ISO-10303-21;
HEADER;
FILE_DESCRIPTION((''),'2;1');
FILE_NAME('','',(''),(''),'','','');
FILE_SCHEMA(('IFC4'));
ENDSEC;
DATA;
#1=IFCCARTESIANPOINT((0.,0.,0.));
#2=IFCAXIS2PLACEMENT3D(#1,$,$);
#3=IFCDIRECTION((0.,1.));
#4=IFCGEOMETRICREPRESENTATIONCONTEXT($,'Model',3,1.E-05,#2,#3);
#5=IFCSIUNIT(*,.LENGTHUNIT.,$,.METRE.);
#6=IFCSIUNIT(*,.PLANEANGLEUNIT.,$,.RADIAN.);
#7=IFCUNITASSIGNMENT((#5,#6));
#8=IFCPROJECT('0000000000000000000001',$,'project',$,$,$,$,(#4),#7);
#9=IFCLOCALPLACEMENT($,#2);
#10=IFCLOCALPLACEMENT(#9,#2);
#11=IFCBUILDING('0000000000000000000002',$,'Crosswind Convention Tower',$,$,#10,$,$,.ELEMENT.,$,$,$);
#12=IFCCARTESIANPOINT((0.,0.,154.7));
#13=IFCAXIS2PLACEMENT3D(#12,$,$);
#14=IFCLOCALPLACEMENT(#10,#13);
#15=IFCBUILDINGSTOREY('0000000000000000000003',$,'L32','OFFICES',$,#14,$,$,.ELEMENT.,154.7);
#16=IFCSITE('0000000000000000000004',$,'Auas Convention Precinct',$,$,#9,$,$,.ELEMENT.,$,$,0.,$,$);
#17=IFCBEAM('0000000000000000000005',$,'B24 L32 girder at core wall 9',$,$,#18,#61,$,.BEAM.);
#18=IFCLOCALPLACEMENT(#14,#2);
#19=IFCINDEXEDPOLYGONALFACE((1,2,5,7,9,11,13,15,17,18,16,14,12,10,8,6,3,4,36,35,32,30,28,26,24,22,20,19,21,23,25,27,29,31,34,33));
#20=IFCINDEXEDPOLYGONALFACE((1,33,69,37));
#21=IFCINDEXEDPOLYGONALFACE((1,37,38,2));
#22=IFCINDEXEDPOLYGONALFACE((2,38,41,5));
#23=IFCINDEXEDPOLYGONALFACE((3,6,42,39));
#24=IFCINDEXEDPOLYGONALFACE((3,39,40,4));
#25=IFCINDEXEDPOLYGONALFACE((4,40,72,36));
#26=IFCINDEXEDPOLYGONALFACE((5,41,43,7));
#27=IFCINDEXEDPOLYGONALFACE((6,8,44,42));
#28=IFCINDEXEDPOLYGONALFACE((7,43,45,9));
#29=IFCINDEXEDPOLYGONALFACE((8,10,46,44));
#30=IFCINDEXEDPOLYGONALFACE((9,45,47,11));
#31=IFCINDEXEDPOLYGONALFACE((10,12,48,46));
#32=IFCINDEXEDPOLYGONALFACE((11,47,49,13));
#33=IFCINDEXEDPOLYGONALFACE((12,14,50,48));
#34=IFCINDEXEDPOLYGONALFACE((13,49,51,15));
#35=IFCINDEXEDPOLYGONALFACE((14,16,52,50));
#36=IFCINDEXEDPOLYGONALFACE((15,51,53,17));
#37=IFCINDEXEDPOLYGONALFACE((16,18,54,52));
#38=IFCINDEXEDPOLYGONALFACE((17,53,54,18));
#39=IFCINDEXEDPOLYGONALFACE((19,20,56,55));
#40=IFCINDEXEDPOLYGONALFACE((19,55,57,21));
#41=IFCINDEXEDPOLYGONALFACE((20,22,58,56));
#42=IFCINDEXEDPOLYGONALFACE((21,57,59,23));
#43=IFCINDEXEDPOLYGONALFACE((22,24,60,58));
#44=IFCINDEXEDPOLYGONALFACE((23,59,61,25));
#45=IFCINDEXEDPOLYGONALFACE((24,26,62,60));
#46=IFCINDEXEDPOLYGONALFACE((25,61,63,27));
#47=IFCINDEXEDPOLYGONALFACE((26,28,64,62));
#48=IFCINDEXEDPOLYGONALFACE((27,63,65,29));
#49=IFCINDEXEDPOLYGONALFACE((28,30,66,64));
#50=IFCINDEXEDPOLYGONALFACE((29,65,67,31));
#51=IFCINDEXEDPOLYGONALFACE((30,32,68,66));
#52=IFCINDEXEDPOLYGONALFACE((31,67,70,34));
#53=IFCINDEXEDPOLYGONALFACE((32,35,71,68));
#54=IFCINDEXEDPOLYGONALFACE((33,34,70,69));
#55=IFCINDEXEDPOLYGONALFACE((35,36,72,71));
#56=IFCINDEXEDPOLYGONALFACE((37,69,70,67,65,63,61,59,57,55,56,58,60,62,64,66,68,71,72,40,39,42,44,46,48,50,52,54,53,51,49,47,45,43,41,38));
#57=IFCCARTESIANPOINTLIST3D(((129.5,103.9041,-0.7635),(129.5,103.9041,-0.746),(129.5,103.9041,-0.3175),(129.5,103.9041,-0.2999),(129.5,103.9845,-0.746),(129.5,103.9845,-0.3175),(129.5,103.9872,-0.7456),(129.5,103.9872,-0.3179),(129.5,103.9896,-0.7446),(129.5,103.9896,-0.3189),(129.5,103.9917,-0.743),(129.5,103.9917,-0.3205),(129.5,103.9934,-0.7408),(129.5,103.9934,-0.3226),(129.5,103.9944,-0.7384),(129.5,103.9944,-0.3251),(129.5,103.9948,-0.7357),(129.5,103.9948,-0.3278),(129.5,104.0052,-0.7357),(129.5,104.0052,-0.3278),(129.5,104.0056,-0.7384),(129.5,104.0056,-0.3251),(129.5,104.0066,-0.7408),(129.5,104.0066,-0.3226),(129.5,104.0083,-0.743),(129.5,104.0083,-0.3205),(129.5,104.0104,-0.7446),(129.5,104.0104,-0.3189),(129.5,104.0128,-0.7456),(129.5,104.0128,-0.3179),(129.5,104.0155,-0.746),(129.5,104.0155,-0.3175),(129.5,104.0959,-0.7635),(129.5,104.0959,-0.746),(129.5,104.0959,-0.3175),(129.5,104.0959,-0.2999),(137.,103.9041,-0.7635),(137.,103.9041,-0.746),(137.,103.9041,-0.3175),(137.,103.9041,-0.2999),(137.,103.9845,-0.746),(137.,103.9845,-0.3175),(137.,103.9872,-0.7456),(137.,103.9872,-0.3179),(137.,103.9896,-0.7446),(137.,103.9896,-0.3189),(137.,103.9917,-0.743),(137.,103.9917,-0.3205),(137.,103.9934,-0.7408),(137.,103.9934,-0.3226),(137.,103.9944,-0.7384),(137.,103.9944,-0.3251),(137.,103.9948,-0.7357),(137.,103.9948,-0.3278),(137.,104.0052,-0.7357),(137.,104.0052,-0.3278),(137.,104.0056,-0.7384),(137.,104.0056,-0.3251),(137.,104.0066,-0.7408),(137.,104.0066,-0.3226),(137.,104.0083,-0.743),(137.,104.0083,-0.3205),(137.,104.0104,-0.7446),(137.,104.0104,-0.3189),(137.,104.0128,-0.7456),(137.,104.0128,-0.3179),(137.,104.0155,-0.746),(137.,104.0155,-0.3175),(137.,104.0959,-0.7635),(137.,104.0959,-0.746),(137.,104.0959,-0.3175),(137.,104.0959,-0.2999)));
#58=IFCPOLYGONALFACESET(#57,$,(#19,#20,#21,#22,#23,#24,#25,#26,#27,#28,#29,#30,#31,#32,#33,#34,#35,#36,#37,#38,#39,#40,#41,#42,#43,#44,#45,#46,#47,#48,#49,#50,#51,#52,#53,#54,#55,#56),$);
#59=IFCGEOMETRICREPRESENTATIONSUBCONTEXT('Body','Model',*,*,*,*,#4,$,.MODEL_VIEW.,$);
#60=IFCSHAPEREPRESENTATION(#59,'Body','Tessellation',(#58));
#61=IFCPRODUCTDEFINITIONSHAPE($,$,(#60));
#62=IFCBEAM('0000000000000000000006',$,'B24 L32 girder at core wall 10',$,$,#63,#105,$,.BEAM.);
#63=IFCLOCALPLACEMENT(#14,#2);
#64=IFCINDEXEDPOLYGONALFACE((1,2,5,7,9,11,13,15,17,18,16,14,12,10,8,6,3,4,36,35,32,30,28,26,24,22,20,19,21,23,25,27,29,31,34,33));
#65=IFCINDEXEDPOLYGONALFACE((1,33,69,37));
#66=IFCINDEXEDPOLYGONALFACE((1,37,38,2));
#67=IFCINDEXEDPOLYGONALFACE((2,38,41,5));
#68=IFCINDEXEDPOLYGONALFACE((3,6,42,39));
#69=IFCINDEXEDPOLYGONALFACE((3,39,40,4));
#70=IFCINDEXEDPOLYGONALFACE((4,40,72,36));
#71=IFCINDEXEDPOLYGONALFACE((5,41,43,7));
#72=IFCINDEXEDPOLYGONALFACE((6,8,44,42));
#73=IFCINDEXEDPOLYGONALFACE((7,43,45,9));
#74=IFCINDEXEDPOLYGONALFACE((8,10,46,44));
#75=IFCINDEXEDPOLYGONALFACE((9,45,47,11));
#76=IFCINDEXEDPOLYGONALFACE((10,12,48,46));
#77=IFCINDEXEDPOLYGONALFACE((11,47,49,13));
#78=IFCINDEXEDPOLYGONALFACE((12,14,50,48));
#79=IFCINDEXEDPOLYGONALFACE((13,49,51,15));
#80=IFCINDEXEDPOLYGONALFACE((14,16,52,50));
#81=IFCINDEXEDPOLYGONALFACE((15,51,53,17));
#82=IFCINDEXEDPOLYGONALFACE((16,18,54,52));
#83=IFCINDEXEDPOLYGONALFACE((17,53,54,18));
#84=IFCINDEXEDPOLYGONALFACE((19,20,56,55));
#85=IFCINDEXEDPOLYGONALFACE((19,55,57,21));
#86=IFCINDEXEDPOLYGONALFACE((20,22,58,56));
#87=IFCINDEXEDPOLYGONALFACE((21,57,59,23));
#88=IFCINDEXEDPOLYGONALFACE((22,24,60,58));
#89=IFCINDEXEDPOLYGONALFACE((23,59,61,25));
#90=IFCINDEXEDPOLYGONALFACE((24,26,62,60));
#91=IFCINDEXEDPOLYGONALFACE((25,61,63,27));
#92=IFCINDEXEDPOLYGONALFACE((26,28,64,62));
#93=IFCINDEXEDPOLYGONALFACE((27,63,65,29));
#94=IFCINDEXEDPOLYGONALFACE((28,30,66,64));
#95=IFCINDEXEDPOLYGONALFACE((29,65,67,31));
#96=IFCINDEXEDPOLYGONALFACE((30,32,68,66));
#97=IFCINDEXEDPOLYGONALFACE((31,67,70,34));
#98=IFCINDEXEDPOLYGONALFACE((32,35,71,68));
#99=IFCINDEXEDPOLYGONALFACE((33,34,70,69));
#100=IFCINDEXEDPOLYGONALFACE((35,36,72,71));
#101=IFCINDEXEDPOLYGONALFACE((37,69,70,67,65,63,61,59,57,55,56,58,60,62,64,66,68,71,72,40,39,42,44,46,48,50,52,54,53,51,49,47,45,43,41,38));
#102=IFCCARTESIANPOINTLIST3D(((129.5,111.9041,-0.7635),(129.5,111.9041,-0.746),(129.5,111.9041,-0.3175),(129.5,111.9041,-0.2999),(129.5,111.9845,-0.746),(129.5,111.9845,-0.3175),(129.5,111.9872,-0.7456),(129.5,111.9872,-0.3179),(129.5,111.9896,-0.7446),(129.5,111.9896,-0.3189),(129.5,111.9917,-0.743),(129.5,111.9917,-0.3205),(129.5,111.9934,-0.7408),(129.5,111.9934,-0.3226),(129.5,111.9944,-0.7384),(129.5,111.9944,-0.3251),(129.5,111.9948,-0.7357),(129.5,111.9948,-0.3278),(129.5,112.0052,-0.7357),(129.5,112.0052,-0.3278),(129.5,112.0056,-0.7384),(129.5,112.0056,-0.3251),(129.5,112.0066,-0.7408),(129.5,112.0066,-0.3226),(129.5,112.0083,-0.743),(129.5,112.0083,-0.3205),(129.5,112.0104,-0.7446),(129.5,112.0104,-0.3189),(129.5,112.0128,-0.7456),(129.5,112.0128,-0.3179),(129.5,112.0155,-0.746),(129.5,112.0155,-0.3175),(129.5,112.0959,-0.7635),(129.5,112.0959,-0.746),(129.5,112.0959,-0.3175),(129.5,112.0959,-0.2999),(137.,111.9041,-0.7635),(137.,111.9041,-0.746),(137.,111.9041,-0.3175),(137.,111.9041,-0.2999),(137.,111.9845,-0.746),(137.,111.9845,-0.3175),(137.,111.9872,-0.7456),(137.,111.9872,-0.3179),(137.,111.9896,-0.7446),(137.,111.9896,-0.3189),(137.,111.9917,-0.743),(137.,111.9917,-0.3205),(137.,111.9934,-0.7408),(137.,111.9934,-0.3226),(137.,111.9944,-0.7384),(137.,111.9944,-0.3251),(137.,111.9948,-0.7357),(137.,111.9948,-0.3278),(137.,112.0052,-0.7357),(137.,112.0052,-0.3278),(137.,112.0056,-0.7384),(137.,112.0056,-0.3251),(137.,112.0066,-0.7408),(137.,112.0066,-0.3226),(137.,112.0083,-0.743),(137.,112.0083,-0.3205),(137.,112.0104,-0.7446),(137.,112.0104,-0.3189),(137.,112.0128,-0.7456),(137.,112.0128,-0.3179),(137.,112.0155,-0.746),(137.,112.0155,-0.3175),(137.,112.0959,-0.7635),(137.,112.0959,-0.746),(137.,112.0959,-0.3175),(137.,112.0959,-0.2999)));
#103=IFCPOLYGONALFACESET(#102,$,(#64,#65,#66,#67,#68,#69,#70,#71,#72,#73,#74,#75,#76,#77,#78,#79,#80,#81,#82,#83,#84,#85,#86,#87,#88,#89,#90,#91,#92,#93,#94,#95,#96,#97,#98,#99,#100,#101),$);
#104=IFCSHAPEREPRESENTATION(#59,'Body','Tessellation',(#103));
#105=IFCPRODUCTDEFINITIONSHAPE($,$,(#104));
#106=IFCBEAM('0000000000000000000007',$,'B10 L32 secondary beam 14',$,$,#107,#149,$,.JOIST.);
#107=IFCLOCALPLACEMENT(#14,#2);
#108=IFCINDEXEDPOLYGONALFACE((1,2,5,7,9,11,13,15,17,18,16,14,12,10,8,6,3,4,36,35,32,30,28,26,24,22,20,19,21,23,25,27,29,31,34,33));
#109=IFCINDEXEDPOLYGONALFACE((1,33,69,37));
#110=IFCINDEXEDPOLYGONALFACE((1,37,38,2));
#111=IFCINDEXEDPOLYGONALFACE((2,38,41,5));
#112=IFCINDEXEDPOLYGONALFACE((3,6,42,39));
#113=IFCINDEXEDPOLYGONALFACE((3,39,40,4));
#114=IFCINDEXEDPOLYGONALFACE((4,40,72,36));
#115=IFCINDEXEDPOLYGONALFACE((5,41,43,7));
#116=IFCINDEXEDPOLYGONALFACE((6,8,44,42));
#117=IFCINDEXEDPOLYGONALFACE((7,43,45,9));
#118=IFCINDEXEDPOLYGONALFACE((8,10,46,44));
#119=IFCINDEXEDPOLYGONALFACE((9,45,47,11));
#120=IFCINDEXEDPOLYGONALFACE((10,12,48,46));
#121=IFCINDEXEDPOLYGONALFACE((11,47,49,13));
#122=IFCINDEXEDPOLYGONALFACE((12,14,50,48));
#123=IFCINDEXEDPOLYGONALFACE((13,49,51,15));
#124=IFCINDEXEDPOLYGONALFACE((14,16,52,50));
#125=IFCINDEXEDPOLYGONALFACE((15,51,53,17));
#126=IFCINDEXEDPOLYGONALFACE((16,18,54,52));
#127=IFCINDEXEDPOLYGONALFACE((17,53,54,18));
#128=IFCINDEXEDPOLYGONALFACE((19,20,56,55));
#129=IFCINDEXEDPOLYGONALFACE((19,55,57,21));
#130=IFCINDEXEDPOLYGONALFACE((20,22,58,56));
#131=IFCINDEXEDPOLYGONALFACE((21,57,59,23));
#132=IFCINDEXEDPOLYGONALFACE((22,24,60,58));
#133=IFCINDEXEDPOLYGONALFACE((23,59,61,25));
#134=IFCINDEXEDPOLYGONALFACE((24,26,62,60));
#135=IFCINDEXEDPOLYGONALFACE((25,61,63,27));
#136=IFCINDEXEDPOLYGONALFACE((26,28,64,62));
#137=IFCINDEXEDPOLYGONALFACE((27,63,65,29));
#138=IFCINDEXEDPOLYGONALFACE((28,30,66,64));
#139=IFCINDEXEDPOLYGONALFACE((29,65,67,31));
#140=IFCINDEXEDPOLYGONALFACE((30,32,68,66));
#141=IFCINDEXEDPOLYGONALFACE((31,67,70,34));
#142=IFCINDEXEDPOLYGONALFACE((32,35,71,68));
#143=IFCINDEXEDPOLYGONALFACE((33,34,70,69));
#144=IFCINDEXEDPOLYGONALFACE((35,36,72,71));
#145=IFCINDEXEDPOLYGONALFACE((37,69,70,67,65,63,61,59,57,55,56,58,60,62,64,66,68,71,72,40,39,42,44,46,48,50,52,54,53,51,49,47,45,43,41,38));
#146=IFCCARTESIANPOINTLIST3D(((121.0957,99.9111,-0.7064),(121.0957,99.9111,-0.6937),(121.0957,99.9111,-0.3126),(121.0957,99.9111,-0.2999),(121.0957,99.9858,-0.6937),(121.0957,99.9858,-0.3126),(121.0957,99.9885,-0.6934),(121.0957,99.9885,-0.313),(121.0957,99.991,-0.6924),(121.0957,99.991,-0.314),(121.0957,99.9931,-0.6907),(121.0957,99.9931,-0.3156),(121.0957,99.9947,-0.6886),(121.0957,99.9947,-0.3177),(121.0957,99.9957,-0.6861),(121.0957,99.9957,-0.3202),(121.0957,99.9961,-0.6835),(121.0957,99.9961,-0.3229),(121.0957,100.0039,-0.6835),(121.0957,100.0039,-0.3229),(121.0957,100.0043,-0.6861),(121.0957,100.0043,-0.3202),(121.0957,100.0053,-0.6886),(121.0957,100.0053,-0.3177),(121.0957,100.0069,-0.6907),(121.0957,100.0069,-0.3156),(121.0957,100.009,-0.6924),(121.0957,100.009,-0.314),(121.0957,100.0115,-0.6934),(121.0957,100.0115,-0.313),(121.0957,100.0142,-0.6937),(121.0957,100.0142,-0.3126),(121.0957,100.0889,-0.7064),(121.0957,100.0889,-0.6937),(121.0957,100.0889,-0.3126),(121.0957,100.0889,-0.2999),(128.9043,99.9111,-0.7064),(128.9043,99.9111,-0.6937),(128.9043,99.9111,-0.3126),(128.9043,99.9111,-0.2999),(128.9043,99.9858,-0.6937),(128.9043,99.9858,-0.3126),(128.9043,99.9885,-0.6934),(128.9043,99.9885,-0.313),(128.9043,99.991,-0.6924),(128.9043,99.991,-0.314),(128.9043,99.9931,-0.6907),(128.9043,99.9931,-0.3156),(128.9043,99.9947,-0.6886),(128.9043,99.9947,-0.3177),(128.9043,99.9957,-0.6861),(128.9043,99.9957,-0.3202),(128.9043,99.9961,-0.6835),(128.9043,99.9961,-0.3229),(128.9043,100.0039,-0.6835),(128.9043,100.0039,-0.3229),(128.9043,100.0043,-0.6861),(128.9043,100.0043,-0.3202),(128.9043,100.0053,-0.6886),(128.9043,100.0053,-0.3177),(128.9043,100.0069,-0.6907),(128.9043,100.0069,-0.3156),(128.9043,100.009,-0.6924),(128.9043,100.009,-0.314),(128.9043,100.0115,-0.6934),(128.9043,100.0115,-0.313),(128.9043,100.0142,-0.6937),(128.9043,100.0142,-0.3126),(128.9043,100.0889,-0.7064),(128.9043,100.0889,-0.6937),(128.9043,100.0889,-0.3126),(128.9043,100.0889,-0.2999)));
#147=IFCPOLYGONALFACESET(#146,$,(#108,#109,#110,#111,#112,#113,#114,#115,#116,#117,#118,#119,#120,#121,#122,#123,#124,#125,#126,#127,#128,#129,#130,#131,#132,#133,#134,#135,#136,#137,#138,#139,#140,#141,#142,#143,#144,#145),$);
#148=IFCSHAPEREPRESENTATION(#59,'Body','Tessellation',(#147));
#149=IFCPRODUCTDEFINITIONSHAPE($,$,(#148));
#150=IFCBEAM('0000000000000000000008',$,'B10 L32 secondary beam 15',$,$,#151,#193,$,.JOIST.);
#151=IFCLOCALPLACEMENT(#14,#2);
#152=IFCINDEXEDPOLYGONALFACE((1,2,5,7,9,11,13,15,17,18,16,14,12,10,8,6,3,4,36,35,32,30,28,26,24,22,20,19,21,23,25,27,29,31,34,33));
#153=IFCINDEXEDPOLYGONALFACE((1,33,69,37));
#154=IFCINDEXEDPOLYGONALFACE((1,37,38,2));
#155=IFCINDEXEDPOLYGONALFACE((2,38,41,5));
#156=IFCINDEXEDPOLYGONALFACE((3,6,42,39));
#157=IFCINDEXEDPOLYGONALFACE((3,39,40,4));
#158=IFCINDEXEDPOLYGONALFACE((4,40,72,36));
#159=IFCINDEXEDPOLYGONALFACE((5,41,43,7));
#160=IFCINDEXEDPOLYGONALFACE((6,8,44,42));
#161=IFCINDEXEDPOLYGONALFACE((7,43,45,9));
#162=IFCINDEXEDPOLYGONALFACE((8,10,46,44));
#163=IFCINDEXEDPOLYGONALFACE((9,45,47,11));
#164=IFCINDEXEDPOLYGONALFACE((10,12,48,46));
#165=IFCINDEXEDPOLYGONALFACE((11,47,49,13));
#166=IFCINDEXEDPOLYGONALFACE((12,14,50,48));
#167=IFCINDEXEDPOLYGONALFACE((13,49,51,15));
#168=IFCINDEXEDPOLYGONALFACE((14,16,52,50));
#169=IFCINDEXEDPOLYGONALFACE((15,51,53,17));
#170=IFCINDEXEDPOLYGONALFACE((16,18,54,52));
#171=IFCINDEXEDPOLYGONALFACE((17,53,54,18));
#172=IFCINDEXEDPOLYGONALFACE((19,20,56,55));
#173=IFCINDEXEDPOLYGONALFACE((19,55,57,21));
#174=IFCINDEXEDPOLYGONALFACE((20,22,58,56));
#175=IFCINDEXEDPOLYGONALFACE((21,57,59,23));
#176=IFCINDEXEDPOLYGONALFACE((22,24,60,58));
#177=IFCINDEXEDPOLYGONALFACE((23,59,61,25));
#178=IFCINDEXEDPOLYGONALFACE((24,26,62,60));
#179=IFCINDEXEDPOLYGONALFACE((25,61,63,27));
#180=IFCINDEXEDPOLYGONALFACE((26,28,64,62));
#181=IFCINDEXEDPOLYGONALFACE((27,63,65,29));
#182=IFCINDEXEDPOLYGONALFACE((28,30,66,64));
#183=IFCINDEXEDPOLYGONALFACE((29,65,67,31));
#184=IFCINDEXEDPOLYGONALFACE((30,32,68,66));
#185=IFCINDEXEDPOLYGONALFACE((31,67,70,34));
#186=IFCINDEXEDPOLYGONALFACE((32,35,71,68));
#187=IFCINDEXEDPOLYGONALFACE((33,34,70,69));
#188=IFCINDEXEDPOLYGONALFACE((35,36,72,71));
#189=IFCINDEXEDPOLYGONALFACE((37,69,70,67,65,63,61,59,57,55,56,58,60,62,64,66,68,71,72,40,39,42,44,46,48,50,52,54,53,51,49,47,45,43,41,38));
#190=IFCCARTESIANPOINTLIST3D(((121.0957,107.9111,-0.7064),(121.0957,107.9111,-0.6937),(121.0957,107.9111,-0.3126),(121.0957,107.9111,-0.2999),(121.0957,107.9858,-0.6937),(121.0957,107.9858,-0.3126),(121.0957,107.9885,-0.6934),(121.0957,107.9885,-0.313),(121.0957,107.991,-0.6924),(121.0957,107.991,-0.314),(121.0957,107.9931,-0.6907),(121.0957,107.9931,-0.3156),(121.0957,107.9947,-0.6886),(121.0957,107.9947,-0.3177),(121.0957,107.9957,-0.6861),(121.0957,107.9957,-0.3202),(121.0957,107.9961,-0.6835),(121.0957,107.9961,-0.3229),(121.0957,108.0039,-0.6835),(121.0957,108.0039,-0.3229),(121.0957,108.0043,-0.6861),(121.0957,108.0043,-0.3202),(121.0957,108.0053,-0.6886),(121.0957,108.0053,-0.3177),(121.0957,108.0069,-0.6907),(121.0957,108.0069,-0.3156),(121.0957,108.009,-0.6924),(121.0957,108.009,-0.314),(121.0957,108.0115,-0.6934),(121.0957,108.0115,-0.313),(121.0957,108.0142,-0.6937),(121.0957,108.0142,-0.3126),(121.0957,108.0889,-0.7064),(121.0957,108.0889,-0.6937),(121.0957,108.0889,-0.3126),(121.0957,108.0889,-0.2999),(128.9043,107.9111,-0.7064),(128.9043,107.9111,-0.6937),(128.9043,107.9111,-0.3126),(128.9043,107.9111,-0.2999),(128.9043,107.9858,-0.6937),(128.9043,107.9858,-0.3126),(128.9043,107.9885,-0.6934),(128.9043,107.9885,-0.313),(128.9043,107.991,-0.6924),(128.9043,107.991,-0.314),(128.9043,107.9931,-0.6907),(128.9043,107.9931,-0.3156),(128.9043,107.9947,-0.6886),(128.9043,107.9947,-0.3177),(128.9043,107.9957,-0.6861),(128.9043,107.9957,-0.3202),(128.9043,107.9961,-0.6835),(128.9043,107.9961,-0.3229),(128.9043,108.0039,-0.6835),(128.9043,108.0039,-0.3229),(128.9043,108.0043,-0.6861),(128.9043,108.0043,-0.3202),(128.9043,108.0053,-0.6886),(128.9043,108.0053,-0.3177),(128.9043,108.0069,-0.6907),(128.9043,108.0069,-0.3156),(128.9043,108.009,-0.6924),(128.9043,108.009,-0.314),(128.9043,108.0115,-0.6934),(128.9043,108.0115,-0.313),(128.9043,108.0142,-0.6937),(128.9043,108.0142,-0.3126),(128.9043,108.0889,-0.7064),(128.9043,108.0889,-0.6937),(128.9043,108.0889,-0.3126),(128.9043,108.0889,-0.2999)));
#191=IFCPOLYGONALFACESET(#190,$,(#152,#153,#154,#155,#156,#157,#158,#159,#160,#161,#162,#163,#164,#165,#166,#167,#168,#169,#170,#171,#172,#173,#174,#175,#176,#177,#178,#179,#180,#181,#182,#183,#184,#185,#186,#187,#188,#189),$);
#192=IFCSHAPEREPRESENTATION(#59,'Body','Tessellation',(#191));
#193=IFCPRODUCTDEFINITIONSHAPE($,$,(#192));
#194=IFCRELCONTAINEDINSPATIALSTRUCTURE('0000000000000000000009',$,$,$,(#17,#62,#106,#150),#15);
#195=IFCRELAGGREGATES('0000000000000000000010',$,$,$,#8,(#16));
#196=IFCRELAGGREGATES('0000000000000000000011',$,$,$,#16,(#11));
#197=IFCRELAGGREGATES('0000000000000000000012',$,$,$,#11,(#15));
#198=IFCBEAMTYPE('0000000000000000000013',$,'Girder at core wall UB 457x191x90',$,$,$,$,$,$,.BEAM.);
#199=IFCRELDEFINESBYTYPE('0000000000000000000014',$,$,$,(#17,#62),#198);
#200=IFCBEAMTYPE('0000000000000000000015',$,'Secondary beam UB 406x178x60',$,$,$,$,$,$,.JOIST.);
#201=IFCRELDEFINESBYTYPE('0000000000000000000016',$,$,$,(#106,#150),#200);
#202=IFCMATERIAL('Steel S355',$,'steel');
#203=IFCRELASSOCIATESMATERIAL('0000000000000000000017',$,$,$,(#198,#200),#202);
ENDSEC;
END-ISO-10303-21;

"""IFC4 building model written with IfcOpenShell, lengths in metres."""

from ifc_helpers import new_model, si_unit, direction, frame, origin, origin_2d, place, context, subcontext, project, spatial, i_section, extrude, material, material_profile, profile_set, type_object, element, save


model = new_model("IFC4")

# Units and contexts
model_context = context("Model", 3, precision=1e-05, world=origin(), true_north=direction((0.0, 1.0)))
body_context = subcontext(model_context, "Body", "Model", "MODEL_VIEW")
ifc_project = project(units=[si_unit("LENGTHUNIT", "METRE"), si_unit("PLANEANGLEUNIT", "RADIAN")], contexts=[model_context])

# Site, building, storey
site_placement = place(None, origin())
site = spatial("IfcSite", under=ifc_project, at=site_placement, Name="Auas Convention Precinct", CompositionType="ELEMENT", RefElevation=0.0)
building_placement = place(site_placement, origin())
building = spatial("IfcBuilding", under=site, at=building_placement, Name="Crosswind Convention Tower", CompositionType="ELEMENT")
storey_placement = place(building_placement, frame((0.0, 0.0, 154.7)))
storey = spatial("IfcBuildingStorey", under=building, at=storey_placement, Name="L32", Description="OFFICES", CompositionType="ELEMENT", Elevation=154.7)

# Beams
ifc_material_1 = material(Name="Steel S355", Category="steel")
ifc_material_profile_1 = material_profile(ifc_material_1, i_section(OverallWidth=0.1919, OverallDepth=0.4636, WebThickness=0.0105, FlangeThickness=0.0176, FilletRadius=0.0103, at=origin_2d()), Name="UB 457x191x90")
ifc_profile_set_1 = profile_set([ifc_material_profile_1], Name="Steel S355")
beam_type_1 = type_object("IfcBeamType", Name="Girder at core wall UB 457x191x90", PredefinedType="BEAM", material=ifc_profile_set_1)
for number, where, z_axis, x_axis, name in (
    (1, (129.5, 104.0, -0.5317), (1.0, 0.0, 0.0), (0.0, 1.0, 0.0), "B24 L32 girder at core wall 9"),
    (2, (129.5, 112.0, -0.5317), (1.0, 0.0, 0.0), (0.0, 1.0, 0.0), "B24 L32 girder at core wall 10"),
):
    element("IfcBeam", number, at=place(storey_placement, frame(where, z_axis=z_axis, x_axis=x_axis)), inside=storey, type_object=beam_type_1, Name=name, PredefinedType="BEAM", context=body_context, shape_type="SweptSolid", body=[
        extrude(i_section(OverallWidth=0.1919, OverallDepth=0.4636, WebThickness=0.0105, FlangeThickness=0.0176, FilletRadius=0.0103, at=origin_2d()), origin(), (0.0, 0.0, 1.0), 7.5),
    ])
ifc_material_profile_2 = material_profile(ifc_material_1, i_section(OverallWidth=0.1777, OverallDepth=0.4065, WebThickness=0.0078, FlangeThickness=0.0127, FilletRadius=0.0103, at=origin_2d()), Name="UB 406x178x60")
ifc_profile_set_2 = profile_set([ifc_material_profile_2], Name="Steel S355")
beam_type_2 = type_object("IfcBeamType", Name="Secondary beam UB 406x178x60", PredefinedType="JOIST", material=ifc_profile_set_2)
for number, where, z_axis, x_axis, name in (
    (3, (121.0957, 100.0, -0.5032), (1.0, 0.0, 0.0), (0.0, 1.0, 0.0), "B10 L32 secondary beam 14"),
    (4, (121.0957, 108.0, -0.5032), (1.0, 0.0, 0.0), (0.0, 1.0, 0.0), "B10 L32 secondary beam 15"),
):
    element("IfcBeam", number, at=place(storey_placement, frame(where, z_axis=z_axis, x_axis=x_axis)), inside=storey, type_object=beam_type_2, Name=name, PredefinedType="JOIST", context=body_context, shape_type="SweptSolid", body=[
        extrude(i_section(OverallWidth=0.1777, OverallDepth=0.4065, WebThickness=0.0078, FlangeThickness=0.0127, FilletRadius=0.0103, at=origin_2d()), origin(), (0.0, 0.0, 1.0), 7.8086),
    ])

save(model, "model.ifc")
